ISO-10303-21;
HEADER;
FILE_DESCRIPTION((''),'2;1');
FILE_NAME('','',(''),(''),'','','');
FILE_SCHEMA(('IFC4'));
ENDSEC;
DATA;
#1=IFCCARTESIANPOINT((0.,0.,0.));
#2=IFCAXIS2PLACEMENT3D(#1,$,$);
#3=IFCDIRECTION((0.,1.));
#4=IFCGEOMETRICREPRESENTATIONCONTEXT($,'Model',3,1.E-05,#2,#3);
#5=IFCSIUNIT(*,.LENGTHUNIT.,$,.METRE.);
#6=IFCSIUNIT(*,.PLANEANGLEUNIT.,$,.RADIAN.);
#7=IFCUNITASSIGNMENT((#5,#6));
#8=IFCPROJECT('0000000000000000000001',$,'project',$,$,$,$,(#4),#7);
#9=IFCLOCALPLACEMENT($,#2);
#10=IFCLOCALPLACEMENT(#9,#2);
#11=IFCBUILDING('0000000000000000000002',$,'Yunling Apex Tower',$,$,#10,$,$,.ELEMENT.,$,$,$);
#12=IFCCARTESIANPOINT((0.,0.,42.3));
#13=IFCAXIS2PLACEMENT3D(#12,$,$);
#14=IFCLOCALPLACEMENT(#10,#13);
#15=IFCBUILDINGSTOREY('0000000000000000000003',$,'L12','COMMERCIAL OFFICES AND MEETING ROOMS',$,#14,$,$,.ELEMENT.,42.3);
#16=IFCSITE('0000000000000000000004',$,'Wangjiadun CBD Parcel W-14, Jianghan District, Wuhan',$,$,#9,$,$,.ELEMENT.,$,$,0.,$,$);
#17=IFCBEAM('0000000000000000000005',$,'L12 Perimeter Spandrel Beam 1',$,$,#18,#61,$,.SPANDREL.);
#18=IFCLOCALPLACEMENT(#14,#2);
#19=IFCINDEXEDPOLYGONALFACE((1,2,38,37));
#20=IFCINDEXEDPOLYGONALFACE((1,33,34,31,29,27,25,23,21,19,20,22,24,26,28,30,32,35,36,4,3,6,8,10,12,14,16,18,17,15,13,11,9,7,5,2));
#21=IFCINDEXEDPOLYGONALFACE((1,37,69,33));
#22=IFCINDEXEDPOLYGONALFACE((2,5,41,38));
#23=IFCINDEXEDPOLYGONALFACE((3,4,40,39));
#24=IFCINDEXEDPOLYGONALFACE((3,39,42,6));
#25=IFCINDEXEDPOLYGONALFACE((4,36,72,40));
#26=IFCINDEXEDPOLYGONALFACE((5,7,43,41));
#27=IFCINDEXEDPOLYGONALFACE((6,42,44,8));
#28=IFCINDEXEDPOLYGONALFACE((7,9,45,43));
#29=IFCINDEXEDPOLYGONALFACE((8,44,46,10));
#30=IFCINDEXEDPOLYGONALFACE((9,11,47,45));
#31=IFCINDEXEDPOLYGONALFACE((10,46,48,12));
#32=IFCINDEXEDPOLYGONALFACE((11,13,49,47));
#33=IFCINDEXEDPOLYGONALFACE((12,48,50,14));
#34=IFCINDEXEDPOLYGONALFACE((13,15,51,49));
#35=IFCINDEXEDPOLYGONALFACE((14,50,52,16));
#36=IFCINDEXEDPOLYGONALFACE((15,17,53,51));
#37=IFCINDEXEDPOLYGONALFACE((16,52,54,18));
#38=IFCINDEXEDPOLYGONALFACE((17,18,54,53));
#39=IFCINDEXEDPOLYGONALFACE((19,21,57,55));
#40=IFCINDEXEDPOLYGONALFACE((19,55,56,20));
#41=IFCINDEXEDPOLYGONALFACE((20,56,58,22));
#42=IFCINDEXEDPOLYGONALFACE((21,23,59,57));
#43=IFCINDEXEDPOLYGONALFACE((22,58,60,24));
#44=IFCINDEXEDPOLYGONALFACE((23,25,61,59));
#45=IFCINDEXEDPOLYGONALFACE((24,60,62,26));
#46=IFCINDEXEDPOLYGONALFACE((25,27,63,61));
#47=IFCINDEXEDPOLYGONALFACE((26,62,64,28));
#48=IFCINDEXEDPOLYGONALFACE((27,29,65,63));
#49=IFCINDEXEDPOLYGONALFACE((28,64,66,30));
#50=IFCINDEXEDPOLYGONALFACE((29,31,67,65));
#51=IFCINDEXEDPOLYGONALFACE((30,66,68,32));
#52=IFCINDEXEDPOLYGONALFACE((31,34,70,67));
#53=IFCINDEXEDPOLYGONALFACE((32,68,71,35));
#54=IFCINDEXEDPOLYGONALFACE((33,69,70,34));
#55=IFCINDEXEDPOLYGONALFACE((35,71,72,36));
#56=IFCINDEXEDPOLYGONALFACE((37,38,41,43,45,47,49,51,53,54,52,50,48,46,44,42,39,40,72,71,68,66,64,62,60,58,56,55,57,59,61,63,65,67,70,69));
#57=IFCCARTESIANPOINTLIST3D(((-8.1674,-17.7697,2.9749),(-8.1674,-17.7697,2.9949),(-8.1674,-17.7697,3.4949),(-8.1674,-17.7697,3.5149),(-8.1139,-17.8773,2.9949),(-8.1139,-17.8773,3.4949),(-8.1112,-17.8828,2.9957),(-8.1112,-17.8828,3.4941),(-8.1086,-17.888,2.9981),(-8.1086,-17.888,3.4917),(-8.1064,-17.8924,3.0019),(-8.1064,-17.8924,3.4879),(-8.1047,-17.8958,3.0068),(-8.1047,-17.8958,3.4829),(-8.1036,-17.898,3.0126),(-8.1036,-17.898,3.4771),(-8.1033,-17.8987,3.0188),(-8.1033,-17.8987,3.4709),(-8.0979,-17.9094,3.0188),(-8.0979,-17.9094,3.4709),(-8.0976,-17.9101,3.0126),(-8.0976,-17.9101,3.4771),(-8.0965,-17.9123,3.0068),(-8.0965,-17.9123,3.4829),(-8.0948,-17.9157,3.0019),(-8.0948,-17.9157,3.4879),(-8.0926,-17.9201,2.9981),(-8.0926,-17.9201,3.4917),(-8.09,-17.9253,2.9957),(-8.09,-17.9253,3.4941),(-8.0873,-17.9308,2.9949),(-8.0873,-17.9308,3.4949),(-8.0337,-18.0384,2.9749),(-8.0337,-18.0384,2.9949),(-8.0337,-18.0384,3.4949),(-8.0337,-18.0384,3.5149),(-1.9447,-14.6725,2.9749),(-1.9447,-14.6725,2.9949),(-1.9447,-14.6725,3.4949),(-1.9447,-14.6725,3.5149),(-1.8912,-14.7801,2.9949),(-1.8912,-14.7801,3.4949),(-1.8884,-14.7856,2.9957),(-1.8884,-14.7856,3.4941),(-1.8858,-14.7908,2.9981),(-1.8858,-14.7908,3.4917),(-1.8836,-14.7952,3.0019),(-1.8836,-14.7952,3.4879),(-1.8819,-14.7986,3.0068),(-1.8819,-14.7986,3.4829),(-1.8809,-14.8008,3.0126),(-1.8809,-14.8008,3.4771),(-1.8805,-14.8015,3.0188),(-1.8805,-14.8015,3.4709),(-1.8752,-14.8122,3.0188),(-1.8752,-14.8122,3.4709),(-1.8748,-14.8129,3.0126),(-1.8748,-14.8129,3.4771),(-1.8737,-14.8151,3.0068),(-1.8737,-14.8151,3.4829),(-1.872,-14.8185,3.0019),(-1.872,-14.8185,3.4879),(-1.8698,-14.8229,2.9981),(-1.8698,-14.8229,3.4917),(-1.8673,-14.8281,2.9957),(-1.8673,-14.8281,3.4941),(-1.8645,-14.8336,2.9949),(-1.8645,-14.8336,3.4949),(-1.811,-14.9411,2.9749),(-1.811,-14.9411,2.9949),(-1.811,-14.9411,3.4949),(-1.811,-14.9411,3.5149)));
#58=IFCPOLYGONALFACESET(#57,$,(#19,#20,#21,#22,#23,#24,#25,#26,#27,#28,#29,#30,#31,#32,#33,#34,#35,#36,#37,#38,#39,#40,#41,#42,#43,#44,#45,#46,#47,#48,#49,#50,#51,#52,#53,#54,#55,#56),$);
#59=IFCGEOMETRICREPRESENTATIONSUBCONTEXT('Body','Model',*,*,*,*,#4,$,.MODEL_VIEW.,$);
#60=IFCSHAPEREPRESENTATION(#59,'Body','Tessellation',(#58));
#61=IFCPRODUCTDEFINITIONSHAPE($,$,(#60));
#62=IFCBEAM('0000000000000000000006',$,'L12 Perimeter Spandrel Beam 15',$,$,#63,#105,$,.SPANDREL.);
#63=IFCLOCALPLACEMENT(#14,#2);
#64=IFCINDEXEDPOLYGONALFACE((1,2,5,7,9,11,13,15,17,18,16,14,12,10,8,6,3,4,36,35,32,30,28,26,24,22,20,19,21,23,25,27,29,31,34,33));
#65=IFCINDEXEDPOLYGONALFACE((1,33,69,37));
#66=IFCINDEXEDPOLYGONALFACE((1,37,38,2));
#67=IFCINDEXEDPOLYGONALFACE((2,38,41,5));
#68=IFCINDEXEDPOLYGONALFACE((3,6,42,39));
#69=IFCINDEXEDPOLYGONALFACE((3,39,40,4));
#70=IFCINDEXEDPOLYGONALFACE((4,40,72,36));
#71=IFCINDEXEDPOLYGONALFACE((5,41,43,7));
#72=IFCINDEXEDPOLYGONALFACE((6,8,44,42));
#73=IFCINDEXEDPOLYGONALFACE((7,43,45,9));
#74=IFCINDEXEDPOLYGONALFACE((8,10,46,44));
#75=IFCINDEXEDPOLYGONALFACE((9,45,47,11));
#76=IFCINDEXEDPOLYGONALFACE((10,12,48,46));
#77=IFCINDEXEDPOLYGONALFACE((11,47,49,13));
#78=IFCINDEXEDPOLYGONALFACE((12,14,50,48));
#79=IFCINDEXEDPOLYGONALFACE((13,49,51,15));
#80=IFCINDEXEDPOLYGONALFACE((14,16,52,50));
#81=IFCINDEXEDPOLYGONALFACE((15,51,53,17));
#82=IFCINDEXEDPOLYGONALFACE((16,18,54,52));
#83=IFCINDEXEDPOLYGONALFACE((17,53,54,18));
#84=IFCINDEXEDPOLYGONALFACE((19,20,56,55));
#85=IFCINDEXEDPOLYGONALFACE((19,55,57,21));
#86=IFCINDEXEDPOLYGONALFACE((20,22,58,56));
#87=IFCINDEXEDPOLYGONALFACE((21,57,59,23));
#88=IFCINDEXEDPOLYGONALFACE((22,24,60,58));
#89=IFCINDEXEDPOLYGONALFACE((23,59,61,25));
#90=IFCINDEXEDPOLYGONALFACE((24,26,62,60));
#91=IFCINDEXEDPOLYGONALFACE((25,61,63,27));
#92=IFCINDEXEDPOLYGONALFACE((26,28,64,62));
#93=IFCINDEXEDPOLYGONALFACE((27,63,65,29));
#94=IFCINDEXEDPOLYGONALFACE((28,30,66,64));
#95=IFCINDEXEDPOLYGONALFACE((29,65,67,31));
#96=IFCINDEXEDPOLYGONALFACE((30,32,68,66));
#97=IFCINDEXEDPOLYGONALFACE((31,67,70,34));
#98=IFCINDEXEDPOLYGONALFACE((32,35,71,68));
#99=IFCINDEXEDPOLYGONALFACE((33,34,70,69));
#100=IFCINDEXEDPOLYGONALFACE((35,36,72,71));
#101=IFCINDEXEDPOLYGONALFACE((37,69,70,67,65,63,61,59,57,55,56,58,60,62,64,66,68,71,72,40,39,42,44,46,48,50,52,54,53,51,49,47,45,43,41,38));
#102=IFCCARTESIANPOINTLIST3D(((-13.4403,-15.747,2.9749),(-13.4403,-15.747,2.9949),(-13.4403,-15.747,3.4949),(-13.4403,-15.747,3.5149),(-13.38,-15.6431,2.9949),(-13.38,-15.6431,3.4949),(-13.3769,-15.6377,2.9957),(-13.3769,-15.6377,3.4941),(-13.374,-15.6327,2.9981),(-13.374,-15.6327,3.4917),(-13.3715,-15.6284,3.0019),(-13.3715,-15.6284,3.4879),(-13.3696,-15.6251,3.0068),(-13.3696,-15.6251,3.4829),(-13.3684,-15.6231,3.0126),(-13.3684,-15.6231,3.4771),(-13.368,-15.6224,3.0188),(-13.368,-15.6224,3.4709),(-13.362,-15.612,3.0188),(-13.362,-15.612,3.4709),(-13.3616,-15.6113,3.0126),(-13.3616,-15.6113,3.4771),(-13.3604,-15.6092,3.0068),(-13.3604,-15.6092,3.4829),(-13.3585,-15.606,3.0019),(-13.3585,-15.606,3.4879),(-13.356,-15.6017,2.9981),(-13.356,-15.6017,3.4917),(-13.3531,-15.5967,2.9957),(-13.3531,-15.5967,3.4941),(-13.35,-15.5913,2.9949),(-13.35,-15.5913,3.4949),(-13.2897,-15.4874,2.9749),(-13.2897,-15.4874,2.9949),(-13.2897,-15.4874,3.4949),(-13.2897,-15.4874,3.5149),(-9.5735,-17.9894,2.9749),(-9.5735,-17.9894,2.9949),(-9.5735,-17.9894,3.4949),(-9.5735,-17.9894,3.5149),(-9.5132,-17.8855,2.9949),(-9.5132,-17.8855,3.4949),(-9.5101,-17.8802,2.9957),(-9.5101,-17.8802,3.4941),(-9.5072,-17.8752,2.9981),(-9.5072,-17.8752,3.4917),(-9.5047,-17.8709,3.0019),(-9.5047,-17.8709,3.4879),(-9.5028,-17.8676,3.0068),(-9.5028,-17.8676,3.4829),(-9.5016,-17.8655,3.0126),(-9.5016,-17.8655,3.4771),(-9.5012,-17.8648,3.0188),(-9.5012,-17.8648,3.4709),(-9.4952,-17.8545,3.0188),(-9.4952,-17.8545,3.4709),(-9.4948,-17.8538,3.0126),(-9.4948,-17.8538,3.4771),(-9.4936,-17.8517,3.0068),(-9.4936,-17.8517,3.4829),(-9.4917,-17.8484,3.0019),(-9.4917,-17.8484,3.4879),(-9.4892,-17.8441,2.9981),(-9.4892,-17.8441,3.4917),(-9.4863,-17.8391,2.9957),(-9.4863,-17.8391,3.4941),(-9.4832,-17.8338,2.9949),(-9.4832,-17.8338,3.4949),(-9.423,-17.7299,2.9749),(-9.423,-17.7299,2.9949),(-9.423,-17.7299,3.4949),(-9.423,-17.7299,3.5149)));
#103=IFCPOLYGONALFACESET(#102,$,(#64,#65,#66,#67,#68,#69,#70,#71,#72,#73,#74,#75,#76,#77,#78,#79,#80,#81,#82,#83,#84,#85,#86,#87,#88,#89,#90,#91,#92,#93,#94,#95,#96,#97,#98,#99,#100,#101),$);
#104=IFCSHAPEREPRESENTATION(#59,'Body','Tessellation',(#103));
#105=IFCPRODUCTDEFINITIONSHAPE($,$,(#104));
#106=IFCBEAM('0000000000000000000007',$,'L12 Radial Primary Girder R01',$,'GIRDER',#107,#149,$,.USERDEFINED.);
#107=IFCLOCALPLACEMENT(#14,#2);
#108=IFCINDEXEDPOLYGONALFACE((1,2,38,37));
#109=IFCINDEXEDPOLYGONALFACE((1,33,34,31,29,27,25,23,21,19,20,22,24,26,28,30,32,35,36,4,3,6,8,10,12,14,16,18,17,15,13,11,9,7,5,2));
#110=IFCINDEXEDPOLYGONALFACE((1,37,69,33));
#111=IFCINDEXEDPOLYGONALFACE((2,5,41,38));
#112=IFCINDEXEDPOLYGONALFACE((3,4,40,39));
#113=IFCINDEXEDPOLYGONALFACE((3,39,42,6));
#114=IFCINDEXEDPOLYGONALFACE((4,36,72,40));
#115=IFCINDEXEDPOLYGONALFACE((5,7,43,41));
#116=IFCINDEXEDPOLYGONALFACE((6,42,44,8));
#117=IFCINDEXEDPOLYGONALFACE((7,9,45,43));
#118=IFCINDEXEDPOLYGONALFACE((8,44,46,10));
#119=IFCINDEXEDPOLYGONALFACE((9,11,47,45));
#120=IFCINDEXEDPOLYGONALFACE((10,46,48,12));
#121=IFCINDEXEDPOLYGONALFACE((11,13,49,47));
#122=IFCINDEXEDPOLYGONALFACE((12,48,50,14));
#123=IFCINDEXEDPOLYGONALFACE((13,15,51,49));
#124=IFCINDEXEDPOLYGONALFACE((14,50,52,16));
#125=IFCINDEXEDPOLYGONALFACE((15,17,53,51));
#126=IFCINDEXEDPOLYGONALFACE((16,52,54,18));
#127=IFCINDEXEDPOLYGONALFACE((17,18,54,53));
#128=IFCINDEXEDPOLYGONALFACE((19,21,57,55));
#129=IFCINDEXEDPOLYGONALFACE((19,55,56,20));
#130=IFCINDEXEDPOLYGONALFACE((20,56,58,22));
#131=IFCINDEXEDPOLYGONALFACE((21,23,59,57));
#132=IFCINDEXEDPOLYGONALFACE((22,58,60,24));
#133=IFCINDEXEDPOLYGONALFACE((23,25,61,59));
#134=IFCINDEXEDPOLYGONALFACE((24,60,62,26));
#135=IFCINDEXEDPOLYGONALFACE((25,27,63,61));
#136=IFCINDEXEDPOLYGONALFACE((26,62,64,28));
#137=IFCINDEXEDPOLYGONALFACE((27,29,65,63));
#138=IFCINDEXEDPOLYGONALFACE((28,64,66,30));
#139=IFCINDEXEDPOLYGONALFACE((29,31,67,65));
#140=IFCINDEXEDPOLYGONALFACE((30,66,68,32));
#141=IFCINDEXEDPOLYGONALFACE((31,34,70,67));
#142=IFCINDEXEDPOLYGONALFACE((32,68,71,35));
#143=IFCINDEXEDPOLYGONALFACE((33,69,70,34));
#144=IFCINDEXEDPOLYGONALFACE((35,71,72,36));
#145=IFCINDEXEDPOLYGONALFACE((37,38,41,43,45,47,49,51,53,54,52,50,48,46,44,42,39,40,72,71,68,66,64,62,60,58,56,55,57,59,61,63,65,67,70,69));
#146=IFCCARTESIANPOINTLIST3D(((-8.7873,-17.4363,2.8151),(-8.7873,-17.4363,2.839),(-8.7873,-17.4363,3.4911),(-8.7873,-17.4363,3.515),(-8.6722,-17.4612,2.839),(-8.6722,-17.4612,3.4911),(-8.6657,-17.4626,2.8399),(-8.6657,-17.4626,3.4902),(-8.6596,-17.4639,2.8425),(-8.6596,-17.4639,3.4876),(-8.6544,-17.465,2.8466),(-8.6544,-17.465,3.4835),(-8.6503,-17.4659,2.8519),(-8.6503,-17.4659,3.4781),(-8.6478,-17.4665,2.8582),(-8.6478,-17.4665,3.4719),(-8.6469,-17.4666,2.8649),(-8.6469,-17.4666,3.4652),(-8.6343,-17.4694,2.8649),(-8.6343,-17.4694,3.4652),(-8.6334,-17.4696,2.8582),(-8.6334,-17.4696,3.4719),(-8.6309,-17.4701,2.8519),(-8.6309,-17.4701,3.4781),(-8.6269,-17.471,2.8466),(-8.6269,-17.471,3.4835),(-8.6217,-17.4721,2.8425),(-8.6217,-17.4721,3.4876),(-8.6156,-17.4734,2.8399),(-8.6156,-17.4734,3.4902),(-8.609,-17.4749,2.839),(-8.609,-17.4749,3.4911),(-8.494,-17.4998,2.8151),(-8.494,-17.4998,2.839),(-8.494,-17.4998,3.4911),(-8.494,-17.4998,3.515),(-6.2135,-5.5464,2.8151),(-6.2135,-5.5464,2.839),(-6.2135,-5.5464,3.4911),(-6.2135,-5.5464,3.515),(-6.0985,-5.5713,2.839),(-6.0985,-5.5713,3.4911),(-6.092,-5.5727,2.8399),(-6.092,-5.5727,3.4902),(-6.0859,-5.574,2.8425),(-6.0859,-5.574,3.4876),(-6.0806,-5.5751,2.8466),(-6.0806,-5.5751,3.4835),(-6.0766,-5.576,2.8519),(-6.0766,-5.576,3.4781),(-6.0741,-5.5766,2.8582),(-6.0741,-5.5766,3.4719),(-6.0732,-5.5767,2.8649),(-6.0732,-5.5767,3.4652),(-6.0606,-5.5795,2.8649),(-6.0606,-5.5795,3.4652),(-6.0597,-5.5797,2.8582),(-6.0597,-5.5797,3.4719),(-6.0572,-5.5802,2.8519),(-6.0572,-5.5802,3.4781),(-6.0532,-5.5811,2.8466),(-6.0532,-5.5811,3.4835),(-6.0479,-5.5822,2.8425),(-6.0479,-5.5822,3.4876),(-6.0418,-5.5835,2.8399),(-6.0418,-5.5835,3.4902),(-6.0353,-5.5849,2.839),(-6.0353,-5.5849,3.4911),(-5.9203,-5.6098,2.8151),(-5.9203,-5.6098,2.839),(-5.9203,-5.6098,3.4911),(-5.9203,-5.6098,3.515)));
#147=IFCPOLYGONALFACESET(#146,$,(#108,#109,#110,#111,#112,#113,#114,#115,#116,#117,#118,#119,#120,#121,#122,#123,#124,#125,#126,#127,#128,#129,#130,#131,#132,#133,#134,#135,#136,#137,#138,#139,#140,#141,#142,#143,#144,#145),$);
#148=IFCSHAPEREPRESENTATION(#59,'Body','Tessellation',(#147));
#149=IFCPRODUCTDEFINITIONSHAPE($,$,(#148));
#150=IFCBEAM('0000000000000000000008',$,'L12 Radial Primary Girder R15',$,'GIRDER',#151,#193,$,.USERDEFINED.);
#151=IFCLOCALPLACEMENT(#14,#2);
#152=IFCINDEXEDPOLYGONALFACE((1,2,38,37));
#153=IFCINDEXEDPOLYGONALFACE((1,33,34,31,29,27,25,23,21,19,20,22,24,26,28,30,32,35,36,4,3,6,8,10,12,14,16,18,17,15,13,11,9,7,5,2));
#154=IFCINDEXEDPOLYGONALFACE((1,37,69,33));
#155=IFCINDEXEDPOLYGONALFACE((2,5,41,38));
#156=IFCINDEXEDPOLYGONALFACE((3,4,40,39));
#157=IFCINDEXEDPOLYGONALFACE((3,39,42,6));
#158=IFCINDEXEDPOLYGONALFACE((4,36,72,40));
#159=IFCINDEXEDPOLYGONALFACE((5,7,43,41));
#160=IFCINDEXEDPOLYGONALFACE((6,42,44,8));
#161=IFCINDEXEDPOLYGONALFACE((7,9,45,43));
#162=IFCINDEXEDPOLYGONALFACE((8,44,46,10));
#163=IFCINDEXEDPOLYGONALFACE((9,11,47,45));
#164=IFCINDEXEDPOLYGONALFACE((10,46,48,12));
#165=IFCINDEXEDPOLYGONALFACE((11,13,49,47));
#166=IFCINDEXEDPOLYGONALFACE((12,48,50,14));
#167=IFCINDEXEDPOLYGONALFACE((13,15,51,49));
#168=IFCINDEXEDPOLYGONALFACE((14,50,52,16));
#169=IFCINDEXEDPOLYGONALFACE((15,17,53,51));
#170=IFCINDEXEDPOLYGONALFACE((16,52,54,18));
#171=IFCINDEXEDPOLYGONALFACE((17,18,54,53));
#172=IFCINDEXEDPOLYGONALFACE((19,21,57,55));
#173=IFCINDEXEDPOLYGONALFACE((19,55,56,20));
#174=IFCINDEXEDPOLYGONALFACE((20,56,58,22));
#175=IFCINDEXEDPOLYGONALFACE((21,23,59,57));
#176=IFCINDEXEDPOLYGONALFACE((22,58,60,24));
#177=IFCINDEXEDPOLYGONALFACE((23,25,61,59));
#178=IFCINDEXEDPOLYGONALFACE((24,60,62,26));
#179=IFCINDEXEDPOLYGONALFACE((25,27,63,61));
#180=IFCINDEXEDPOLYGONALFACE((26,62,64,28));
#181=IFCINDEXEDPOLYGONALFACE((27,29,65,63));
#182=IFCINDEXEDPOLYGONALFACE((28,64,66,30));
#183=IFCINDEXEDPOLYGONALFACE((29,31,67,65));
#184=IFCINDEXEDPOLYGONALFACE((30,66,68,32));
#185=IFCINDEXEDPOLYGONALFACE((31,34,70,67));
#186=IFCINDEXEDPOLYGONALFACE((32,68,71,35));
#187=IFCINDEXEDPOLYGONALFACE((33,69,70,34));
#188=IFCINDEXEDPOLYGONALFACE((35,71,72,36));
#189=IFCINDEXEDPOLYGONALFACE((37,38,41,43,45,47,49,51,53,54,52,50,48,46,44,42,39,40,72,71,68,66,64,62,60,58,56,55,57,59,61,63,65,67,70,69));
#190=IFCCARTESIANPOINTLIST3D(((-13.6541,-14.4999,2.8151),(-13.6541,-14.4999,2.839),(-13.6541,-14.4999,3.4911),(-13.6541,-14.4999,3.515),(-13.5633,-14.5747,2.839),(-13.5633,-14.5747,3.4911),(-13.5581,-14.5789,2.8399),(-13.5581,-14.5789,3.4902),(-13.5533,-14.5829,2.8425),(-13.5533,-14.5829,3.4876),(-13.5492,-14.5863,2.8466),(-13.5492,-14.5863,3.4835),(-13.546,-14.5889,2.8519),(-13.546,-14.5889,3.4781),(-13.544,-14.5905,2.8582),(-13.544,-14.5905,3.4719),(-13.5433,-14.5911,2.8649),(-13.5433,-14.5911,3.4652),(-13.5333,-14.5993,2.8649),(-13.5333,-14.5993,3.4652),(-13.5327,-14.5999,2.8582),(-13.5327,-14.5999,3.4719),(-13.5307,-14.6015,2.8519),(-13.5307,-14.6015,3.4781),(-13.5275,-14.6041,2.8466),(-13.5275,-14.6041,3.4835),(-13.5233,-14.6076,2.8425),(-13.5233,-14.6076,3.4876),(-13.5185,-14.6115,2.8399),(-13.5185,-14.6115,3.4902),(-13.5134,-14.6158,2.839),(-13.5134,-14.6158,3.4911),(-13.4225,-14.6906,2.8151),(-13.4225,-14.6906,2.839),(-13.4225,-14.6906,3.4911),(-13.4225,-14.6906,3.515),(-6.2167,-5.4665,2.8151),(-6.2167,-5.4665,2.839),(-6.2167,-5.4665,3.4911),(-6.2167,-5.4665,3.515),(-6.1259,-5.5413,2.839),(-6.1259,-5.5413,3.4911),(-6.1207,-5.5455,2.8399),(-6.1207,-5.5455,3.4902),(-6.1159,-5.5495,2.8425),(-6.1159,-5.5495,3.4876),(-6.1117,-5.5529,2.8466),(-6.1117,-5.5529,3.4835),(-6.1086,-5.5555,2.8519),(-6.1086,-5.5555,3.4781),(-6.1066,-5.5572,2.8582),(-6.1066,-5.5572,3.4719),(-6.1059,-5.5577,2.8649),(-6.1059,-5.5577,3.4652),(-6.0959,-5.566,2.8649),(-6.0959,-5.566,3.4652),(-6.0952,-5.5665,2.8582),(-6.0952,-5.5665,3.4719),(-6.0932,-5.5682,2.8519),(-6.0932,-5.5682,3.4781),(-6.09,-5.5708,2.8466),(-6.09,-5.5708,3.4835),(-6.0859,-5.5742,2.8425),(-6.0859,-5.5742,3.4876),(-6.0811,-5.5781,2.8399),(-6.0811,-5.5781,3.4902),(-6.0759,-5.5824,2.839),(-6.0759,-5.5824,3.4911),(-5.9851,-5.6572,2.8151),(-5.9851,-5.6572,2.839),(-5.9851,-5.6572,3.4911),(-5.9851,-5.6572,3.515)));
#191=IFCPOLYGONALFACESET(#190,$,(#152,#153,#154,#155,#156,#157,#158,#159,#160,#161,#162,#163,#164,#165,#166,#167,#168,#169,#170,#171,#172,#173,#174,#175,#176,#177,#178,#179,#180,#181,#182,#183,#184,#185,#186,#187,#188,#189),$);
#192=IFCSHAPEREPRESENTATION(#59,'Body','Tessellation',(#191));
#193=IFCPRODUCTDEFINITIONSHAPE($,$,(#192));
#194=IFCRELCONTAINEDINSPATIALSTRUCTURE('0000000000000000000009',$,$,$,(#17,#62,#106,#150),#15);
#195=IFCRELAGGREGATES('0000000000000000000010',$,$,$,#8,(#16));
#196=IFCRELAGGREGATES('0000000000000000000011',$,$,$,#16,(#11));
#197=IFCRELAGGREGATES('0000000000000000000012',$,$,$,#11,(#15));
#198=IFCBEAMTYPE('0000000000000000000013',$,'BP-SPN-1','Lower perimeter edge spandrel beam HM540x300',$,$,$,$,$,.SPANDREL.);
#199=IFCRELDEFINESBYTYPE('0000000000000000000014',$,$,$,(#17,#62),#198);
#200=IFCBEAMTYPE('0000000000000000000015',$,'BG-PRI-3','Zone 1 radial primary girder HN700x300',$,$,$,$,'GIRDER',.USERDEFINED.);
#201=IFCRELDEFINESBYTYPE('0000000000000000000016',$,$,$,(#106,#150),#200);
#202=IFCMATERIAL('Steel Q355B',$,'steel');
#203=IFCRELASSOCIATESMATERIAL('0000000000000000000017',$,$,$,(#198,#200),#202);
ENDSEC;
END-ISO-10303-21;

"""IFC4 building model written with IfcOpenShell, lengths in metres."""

from ifc_helpers import new_model, si_unit, direction, frame, origin, origin_2d, place, context, subcontext, project, spatial, i_section, extrude, source, transform, mapped, material, material_profile, profile_set, type_object, element, save


model = new_model("IFC4")

# Units and contexts
model_context = context("Model", 3, precision=1e-05, world=origin(), true_north=direction((0.0, 1.0)))
body_context = subcontext(model_context, "Body", "Model", "MODEL_VIEW")
ifc_project = project(units=[si_unit("LENGTHUNIT", "METRE"), si_unit("PLANEANGLEUNIT", "RADIAN")], contexts=[model_context])

# Site, building, storey
site_placement = place(None, origin())
site = spatial("IfcSite", under=ifc_project, at=site_placement, Name="Wangjiadun CBD Parcel W-14, Jianghan District, Wuhan", CompositionType="ELEMENT", RefElevation=0.0)
building_placement = place(site_placement, origin())
building = spatial("IfcBuilding", under=site, at=building_placement, Name="Yunling Apex Tower", CompositionType="ELEMENT")
storey_placement = place(building_placement, frame((0.0, 0.0, 42.3)))
storey = spatial("IfcBuildingStorey", under=building, at=storey_placement, Name="L12", Description="COMMERCIAL OFFICES AND MEETING ROOMS", CompositionType="ELEMENT", Elevation=42.3)

# Beams
ifc_material_1 = material(Name="Steel Q355B", Category="steel")
ifc_material_profile_1 = material_profile(ifc_material_1, i_section(OverallWidth=0.3, OverallDepth=0.54, WebThickness=0.012, FlangeThickness=0.02, FilletRadius=0.0239, at=origin_2d()))
ifc_profile_set_1 = profile_set([ifc_material_profile_1], Name="Steel Q355B")
beam_type_1 = type_object("IfcBeamType", Name="BP-SPN-1", Description="Lower perimeter edge spandrel beam HM540x300", PredefinedType="SPANDREL", material=ifc_profile_set_1)
shared_shape_1 = source(origin(), body_context, "Body", "SweptSolid", [
    extrude(i_section(OverallWidth=0.3, OverallDepth=0.54, WebThickness=0.012, FlangeThickness=0.02, FilletRadius=0.0239, at=origin_2d()), origin(), (0.0, 0.0, 1.0), 6.9509),
])
beam_1_placement = place(storey_placement, frame((-8.1006, -17.9041, 3.2449), z_axis=(0.895241, 0.445583, 0.0), x_axis=(-0.445583, 0.895241, 0.0)))
element("IfcBeam", 1, at=beam_1_placement, inside=storey, type_object=beam_type_1, Name="L12 Perimeter Spandrel Beam 1", PredefinedType="SPANDREL", context=body_context, shape_type="MappedRepresentation", body=[
    mapped(shared_shape_1, transform((0.0, 0.0, 0.0), scale=1.0)),
])
shared_shape_2 = source(origin(), body_context, "Body", "SweptSolid", [
    extrude(i_section(OverallWidth=0.3, OverallDepth=0.54, WebThickness=0.012, FlangeThickness=0.02, FilletRadius=0.0239, at=origin_2d()), origin(), (0.0, 0.0, 1.0), 4.47),
])
beam_2_placement = place(storey_placement, frame((-13.365, -15.6172, 3.2449), z_axis=(0.865056, -0.501676, 0.0), x_axis=(0.501676, 0.865056, 0.0)))
element("IfcBeam", 2, at=beam_2_placement, inside=storey, type_object=beam_type_1, Name="L12 Perimeter Spandrel Beam 15", PredefinedType="SPANDREL", context=body_context, shape_type="MappedRepresentation", body=[
    mapped(shared_shape_2, transform((0.0, 0.0, 0.0), scale=1.0)),
])
ifc_material_profile_2 = material_profile(ifc_material_1, i_section(OverallWidth=0.3, OverallDepth=0.7, WebThickness=0.0129, FlangeThickness=0.0239, FilletRadius=0.0259, at=origin_2d()))
ifc_profile_set_2 = profile_set([ifc_material_profile_2], Name="Steel Q355B")
beam_type_2 = type_object("IfcBeamType", Name="BG-PRI-3", Description="Zone 1 radial primary girder HN700x300", ElementType="GIRDER", PredefinedType="USERDEFINED", material=ifc_profile_set_2)
shared_shape_3 = source(origin(), body_context, "Body", "SweptSolid", [
    extrude(i_section(OverallWidth=0.3, OverallDepth=0.7, WebThickness=0.0129, FlangeThickness=0.0239, FilletRadius=0.0259, at=origin_2d()), origin(), (0.0, 0.0, 1.0), 12.1653),
])
beam_3_placement = place(storey_placement, frame((-8.6406, -17.468, 3.165), z_axis=(0.211564, 0.977364, 0.0), x_axis=(-0.977364, 0.211564, 0.0)))
element("IfcBeam", 3, at=beam_3_placement, inside=storey, type_object=beam_type_2, Name="L12 Radial Primary Girder R01", ObjectType="GIRDER", PredefinedType="USERDEFINED", context=body_context, shape_type="MappedRepresentation", body=[
    mapped(shared_shape_3, transform((0.0, 0.0, 0.0), scale=1.0)),
])
shared_shape_4 = source(origin(), body_context, "Body", "SweptSolid", [
    extrude(i_section(OverallWidth=0.3, OverallDepth=0.7, WebThickness=0.0129, FlangeThickness=0.0239, FilletRadius=0.0259, at=origin_2d()), origin(), (0.0, 0.0, 1.0), 11.7012),
])
beam_4_placement = place(storey_placement, frame((-13.5383, -14.5952, 3.165), z_axis=(0.635615, 0.772006, 0.0), x_axis=(-0.772006, 0.635615, 0.0)))
element("IfcBeam", 4, at=beam_4_placement, inside=storey, type_object=beam_type_2, Name="L12 Radial Primary Girder R15", ObjectType="GIRDER", PredefinedType="USERDEFINED", context=body_context, shape_type="MappedRepresentation", body=[
    mapped(shared_shape_4, transform((0.0, 0.0, 0.0), scale=1.0)),
])

save(model, "model.ifc")
